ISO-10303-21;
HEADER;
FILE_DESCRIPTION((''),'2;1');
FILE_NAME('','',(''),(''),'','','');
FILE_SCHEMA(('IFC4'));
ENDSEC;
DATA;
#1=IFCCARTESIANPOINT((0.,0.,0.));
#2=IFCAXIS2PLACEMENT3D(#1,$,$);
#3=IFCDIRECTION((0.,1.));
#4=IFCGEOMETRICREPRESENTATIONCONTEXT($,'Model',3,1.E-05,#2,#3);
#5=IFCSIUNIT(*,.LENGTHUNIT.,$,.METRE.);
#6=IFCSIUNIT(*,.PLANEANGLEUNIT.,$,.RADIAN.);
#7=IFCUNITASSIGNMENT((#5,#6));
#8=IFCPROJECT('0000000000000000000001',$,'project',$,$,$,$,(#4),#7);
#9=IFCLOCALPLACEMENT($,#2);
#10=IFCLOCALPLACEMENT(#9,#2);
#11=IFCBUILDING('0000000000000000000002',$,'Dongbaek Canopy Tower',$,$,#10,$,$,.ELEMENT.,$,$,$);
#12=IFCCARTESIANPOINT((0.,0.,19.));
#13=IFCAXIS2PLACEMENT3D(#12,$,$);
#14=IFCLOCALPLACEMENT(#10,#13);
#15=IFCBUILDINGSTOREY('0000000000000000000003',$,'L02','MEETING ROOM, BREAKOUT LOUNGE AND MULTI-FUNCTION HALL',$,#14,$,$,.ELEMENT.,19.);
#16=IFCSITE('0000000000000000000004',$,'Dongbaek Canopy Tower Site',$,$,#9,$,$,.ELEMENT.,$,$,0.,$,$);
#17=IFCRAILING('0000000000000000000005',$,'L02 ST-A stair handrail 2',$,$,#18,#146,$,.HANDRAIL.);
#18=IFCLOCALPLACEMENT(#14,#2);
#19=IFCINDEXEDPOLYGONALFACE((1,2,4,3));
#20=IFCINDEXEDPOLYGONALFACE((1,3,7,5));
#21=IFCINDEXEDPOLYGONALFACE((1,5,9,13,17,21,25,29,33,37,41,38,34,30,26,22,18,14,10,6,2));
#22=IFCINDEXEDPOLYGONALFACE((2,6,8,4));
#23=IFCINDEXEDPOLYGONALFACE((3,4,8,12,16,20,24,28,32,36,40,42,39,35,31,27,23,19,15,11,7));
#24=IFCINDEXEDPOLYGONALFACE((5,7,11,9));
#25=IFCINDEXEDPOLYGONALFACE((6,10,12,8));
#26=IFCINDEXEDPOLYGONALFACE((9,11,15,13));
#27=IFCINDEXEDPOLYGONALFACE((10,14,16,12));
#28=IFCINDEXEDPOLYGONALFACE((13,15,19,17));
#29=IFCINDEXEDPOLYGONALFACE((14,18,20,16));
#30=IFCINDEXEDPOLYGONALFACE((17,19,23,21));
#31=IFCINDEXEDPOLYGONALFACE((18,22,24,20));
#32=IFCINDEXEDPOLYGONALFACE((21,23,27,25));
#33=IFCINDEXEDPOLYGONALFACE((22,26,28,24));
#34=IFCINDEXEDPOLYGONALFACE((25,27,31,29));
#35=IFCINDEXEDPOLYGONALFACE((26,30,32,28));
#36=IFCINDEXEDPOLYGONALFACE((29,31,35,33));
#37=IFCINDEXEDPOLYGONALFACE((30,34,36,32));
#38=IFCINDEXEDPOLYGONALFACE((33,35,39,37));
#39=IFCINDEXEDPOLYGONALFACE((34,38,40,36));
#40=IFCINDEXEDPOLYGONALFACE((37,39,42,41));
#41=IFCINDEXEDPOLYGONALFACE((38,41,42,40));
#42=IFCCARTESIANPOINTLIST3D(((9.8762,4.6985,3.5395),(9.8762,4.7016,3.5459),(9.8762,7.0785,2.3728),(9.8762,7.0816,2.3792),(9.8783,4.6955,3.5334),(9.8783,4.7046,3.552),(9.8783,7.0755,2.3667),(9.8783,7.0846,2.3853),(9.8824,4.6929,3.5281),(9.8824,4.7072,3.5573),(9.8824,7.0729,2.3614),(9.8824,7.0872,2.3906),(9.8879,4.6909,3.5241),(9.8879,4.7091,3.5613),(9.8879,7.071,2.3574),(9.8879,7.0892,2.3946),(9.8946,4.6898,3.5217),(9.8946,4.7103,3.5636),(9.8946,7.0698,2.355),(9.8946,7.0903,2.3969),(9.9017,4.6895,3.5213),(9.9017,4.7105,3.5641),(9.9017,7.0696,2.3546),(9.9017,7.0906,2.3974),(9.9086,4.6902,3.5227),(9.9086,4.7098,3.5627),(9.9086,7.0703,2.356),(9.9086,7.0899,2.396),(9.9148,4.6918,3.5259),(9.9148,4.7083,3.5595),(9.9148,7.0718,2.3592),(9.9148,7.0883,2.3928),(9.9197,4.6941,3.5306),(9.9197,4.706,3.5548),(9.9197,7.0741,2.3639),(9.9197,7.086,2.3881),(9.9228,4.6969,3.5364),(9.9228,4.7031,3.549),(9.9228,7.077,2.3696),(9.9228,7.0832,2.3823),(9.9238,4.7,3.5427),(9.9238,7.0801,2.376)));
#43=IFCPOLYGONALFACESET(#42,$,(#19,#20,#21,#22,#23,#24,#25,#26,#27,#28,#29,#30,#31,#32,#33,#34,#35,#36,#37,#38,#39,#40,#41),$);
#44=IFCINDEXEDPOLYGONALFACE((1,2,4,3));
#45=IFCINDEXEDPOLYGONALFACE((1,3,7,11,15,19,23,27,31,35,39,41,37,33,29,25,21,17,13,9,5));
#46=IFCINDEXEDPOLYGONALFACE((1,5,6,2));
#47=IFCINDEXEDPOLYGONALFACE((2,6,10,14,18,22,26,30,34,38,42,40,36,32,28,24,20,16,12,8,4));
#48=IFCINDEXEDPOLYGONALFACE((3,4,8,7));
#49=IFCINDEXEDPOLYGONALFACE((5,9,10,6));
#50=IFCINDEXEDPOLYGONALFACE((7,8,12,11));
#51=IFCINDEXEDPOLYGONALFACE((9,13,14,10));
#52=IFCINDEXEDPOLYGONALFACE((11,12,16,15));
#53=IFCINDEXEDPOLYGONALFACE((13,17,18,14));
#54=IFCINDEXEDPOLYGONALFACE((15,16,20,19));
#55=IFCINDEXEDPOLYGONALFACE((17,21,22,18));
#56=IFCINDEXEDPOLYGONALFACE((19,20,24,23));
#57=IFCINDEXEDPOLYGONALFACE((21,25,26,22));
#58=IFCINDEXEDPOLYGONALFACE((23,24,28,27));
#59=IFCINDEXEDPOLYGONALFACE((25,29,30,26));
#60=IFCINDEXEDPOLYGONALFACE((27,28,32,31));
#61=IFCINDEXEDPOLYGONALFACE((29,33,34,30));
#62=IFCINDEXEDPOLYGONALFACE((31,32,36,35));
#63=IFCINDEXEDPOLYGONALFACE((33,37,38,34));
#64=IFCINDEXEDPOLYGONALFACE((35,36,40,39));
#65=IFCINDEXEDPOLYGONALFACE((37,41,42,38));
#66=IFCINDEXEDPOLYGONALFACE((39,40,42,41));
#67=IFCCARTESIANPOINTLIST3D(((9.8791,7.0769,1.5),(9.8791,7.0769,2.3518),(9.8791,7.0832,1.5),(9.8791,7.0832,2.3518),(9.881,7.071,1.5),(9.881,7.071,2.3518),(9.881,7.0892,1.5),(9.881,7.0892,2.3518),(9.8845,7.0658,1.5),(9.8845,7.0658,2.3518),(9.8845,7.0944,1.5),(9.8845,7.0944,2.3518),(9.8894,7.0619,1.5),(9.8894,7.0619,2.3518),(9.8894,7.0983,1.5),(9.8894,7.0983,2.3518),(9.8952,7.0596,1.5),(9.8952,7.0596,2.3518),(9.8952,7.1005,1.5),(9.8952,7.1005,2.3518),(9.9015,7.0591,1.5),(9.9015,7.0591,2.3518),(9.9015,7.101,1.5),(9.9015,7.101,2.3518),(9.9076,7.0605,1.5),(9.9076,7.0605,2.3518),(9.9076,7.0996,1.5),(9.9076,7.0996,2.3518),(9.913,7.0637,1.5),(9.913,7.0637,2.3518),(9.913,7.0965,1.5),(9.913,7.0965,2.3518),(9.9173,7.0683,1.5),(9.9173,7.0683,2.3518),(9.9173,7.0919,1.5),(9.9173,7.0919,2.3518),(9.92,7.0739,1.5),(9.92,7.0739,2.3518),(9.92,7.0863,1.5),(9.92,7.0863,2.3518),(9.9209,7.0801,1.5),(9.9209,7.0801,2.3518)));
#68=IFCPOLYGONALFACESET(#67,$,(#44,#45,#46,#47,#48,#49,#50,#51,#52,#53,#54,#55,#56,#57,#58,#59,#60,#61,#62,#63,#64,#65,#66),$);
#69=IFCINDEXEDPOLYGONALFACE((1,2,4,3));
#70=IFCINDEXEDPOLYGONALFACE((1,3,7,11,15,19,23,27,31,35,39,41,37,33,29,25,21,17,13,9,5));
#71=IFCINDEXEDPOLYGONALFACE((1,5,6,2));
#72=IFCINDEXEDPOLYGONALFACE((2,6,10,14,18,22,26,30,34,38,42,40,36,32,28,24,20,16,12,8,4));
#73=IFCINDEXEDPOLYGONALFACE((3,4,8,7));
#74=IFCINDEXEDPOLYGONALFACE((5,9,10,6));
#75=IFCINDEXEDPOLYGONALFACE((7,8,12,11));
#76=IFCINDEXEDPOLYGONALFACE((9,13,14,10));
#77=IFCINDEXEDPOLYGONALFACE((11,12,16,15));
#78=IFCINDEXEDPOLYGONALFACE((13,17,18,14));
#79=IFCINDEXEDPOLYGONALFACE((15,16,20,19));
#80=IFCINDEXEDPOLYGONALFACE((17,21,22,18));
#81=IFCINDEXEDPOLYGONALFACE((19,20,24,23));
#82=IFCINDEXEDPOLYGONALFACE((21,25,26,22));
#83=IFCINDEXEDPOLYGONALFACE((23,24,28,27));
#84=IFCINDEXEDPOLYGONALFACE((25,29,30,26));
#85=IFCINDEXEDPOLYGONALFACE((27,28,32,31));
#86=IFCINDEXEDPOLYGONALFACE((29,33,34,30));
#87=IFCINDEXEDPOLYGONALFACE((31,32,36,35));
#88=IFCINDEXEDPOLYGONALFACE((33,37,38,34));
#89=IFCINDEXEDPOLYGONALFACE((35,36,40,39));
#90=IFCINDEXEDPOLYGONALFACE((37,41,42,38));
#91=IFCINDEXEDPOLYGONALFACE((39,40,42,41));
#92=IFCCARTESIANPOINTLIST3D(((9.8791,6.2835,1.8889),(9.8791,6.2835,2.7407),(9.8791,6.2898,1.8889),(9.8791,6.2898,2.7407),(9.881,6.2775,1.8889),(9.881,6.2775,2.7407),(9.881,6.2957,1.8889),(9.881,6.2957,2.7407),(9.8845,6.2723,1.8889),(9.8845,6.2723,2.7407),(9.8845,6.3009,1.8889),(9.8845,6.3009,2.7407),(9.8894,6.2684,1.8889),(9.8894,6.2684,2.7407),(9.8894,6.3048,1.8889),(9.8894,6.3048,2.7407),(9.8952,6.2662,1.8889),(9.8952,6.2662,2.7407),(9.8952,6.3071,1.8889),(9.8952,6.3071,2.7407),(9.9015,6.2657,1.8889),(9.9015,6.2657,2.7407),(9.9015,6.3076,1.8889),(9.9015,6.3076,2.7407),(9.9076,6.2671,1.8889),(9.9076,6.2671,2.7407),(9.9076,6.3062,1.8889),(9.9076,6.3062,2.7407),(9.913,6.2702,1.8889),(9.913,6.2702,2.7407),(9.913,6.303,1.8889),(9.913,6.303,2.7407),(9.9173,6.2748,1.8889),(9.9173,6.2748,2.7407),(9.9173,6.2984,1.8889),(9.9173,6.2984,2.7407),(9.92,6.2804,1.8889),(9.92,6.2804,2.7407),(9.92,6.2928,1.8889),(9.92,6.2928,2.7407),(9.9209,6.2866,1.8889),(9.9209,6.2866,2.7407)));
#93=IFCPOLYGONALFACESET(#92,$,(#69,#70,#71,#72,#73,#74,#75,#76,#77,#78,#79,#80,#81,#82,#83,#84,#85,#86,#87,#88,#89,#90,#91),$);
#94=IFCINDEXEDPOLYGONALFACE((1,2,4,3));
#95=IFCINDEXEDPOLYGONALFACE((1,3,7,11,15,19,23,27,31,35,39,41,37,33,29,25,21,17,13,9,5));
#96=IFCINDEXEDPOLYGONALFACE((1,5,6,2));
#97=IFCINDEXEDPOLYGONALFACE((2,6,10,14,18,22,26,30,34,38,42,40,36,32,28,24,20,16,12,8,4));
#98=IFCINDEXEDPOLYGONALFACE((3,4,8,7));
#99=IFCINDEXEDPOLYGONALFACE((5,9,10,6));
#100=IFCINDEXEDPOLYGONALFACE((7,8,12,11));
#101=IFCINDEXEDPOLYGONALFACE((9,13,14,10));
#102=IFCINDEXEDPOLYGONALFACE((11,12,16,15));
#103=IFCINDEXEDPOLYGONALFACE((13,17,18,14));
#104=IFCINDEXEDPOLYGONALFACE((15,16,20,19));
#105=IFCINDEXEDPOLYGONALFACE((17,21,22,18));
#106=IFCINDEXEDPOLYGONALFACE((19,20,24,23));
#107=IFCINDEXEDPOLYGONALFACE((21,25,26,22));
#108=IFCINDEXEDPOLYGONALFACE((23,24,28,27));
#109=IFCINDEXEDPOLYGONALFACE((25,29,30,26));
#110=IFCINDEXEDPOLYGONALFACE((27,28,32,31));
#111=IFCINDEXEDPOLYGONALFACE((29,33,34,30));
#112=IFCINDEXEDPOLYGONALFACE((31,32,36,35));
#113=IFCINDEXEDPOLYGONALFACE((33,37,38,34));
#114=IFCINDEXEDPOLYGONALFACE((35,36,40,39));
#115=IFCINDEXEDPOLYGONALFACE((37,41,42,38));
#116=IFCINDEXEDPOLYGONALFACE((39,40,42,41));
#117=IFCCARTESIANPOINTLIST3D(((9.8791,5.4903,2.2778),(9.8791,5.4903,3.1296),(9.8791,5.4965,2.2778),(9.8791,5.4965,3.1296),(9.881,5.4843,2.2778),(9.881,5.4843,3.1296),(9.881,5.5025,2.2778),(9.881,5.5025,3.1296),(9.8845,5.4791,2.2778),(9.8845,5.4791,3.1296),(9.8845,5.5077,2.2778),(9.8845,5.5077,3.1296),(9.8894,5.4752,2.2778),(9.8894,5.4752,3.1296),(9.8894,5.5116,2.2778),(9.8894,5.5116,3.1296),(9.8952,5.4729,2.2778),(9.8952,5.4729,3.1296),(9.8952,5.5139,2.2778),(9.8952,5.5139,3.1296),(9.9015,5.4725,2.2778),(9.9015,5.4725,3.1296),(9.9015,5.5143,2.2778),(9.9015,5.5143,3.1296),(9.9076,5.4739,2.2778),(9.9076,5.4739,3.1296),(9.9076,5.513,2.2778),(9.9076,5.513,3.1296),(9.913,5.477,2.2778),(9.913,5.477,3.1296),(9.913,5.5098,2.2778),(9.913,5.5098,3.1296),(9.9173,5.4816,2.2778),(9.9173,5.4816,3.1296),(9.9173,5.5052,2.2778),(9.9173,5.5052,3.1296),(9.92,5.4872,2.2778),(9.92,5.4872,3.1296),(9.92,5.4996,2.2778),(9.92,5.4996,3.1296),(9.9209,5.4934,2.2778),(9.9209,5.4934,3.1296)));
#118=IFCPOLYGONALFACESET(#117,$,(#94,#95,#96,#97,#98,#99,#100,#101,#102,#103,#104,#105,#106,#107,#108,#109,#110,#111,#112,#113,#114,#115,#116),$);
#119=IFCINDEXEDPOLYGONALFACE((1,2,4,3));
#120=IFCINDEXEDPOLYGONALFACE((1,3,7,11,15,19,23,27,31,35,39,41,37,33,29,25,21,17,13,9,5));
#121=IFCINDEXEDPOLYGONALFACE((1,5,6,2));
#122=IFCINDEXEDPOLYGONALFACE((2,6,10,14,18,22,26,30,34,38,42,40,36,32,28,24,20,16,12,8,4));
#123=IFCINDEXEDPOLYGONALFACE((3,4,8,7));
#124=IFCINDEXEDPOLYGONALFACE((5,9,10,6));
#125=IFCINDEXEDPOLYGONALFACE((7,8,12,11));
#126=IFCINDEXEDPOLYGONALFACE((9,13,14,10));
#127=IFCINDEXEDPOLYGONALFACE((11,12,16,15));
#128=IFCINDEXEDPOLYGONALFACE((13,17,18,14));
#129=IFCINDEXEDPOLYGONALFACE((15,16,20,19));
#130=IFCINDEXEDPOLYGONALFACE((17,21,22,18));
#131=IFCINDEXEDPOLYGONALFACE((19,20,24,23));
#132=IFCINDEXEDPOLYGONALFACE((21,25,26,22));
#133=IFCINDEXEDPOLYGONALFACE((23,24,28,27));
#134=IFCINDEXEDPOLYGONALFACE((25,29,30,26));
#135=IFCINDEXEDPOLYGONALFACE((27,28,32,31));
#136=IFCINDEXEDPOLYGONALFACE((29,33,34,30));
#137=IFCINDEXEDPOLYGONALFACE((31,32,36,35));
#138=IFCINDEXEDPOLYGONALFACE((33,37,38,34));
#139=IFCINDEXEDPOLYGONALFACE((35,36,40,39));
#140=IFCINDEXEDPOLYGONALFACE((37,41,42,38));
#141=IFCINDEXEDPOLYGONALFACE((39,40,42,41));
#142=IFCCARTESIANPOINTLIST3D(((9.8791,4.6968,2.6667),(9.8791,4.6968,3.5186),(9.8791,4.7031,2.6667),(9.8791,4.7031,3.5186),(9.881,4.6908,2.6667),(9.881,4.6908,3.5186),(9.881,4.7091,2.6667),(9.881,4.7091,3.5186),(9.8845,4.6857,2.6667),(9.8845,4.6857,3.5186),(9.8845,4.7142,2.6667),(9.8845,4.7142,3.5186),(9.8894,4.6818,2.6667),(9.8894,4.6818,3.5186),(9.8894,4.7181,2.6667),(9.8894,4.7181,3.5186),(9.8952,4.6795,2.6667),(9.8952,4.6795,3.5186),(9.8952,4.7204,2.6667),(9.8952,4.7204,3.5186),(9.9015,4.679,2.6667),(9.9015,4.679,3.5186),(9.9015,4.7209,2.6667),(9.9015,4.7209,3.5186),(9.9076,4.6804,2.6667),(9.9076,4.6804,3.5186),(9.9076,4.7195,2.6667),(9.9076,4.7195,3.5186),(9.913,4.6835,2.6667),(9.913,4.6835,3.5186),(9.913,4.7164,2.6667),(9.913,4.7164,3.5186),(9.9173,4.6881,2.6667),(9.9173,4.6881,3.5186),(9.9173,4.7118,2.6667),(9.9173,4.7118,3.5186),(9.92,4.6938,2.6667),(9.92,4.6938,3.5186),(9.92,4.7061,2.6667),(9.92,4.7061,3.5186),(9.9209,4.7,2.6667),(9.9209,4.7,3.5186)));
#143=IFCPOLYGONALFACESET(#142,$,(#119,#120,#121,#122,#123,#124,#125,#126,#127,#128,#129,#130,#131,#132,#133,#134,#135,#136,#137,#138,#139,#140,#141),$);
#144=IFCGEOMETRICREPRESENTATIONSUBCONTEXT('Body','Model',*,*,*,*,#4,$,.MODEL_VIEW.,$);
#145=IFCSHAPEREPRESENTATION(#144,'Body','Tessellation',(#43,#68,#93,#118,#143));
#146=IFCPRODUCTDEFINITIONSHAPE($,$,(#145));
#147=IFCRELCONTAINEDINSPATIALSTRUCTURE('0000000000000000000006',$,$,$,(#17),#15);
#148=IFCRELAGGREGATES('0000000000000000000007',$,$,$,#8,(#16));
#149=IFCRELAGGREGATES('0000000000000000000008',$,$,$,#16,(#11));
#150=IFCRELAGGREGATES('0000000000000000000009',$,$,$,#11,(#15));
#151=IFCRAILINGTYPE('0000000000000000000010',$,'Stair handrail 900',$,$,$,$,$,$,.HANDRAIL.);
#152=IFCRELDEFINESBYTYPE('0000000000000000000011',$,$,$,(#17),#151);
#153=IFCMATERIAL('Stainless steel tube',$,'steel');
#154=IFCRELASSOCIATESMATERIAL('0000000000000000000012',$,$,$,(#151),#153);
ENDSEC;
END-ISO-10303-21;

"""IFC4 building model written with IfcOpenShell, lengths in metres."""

from ifc_helpers import new_model, si_unit, direction, frame, origin, origin_2d, place, context, subcontext, project, spatial, circle, extrude, material, type_object, element, save


model = new_model("IFC4")

# Units and contexts
model_context = context("Model", 3, precision=1e-05, world=origin(), true_north=direction((0.0, 1.0)))
body_context = subcontext(model_context, "Body", "Model", "MODEL_VIEW")
ifc_project = project(units=[si_unit("LENGTHUNIT", "METRE"), si_unit("PLANEANGLEUNIT", "RADIAN")], contexts=[model_context])

# Site, building, storey
site_placement = place(None, origin())
site = spatial("IfcSite", under=ifc_project, at=site_placement, Name="Dongbaek Canopy Tower Site", CompositionType="ELEMENT", RefElevation=0.0)
building_placement = place(site_placement, origin())
building = spatial("IfcBuilding", under=site, at=building_placement, Name="Dongbaek Canopy Tower", CompositionType="ELEMENT")
storey_placement = place(building_placement, frame((0.0, 0.0, 19.0)))
storey = spatial("IfcBuildingStorey", under=building, at=storey_placement, Name="L02", Description="MEETING ROOM, BREAKOUT LOUNGE AND MULTI-FUNCTION HALL", CompositionType="ELEMENT", Elevation=19.0)

# Railing
ifc_material_1 = material(Name="Stainless steel tube", Category="steel")
railing_type = type_object("IfcRailingType", Name="Stair handrail 900", PredefinedType="HANDRAIL", material=ifc_material_1)
railing_1_placement = place(storey_placement, frame((9.8999, 7.0801, 1.5)))
element("IfcRailing", 1, at=railing_1_placement, inside=storey, type_object=railing_type, Name="L02 ST-A stair handrail 2", PredefinedType="HANDRAIL", context=body_context, shape_type="SweptSolid", body=[
    extrude(circle(Radius=0.0239, at=origin_2d()), frame((0.0, 0.0, 0.876), z_axis=(0.0, -0.897918, 0.440163), x_axis=(1.0, 0.0, 0.0)), (0.0, 0.0, 1.0), 2.6506),
    extrude(circle(Radius=0.021, at=origin_2d()), origin(), (0.0, 0.0, 1.0), 0.8518),
    extrude(circle(Radius=0.021, at=origin_2d()), frame((0.0, -0.7935, 0.3889)), (0.0, 0.0, 1.0), 0.8518),
    extrude(circle(Radius=0.021, at=origin_2d()), frame((0.0, -1.5867, 0.7778)), (0.0, 0.0, 1.0), 0.8518),
    extrude(circle(Radius=0.021, at=origin_2d()), frame((0.0, -2.3801, 1.1667)), (0.0, 0.0, 1.0), 0.8518),
])

save(model, "model.ifc")
